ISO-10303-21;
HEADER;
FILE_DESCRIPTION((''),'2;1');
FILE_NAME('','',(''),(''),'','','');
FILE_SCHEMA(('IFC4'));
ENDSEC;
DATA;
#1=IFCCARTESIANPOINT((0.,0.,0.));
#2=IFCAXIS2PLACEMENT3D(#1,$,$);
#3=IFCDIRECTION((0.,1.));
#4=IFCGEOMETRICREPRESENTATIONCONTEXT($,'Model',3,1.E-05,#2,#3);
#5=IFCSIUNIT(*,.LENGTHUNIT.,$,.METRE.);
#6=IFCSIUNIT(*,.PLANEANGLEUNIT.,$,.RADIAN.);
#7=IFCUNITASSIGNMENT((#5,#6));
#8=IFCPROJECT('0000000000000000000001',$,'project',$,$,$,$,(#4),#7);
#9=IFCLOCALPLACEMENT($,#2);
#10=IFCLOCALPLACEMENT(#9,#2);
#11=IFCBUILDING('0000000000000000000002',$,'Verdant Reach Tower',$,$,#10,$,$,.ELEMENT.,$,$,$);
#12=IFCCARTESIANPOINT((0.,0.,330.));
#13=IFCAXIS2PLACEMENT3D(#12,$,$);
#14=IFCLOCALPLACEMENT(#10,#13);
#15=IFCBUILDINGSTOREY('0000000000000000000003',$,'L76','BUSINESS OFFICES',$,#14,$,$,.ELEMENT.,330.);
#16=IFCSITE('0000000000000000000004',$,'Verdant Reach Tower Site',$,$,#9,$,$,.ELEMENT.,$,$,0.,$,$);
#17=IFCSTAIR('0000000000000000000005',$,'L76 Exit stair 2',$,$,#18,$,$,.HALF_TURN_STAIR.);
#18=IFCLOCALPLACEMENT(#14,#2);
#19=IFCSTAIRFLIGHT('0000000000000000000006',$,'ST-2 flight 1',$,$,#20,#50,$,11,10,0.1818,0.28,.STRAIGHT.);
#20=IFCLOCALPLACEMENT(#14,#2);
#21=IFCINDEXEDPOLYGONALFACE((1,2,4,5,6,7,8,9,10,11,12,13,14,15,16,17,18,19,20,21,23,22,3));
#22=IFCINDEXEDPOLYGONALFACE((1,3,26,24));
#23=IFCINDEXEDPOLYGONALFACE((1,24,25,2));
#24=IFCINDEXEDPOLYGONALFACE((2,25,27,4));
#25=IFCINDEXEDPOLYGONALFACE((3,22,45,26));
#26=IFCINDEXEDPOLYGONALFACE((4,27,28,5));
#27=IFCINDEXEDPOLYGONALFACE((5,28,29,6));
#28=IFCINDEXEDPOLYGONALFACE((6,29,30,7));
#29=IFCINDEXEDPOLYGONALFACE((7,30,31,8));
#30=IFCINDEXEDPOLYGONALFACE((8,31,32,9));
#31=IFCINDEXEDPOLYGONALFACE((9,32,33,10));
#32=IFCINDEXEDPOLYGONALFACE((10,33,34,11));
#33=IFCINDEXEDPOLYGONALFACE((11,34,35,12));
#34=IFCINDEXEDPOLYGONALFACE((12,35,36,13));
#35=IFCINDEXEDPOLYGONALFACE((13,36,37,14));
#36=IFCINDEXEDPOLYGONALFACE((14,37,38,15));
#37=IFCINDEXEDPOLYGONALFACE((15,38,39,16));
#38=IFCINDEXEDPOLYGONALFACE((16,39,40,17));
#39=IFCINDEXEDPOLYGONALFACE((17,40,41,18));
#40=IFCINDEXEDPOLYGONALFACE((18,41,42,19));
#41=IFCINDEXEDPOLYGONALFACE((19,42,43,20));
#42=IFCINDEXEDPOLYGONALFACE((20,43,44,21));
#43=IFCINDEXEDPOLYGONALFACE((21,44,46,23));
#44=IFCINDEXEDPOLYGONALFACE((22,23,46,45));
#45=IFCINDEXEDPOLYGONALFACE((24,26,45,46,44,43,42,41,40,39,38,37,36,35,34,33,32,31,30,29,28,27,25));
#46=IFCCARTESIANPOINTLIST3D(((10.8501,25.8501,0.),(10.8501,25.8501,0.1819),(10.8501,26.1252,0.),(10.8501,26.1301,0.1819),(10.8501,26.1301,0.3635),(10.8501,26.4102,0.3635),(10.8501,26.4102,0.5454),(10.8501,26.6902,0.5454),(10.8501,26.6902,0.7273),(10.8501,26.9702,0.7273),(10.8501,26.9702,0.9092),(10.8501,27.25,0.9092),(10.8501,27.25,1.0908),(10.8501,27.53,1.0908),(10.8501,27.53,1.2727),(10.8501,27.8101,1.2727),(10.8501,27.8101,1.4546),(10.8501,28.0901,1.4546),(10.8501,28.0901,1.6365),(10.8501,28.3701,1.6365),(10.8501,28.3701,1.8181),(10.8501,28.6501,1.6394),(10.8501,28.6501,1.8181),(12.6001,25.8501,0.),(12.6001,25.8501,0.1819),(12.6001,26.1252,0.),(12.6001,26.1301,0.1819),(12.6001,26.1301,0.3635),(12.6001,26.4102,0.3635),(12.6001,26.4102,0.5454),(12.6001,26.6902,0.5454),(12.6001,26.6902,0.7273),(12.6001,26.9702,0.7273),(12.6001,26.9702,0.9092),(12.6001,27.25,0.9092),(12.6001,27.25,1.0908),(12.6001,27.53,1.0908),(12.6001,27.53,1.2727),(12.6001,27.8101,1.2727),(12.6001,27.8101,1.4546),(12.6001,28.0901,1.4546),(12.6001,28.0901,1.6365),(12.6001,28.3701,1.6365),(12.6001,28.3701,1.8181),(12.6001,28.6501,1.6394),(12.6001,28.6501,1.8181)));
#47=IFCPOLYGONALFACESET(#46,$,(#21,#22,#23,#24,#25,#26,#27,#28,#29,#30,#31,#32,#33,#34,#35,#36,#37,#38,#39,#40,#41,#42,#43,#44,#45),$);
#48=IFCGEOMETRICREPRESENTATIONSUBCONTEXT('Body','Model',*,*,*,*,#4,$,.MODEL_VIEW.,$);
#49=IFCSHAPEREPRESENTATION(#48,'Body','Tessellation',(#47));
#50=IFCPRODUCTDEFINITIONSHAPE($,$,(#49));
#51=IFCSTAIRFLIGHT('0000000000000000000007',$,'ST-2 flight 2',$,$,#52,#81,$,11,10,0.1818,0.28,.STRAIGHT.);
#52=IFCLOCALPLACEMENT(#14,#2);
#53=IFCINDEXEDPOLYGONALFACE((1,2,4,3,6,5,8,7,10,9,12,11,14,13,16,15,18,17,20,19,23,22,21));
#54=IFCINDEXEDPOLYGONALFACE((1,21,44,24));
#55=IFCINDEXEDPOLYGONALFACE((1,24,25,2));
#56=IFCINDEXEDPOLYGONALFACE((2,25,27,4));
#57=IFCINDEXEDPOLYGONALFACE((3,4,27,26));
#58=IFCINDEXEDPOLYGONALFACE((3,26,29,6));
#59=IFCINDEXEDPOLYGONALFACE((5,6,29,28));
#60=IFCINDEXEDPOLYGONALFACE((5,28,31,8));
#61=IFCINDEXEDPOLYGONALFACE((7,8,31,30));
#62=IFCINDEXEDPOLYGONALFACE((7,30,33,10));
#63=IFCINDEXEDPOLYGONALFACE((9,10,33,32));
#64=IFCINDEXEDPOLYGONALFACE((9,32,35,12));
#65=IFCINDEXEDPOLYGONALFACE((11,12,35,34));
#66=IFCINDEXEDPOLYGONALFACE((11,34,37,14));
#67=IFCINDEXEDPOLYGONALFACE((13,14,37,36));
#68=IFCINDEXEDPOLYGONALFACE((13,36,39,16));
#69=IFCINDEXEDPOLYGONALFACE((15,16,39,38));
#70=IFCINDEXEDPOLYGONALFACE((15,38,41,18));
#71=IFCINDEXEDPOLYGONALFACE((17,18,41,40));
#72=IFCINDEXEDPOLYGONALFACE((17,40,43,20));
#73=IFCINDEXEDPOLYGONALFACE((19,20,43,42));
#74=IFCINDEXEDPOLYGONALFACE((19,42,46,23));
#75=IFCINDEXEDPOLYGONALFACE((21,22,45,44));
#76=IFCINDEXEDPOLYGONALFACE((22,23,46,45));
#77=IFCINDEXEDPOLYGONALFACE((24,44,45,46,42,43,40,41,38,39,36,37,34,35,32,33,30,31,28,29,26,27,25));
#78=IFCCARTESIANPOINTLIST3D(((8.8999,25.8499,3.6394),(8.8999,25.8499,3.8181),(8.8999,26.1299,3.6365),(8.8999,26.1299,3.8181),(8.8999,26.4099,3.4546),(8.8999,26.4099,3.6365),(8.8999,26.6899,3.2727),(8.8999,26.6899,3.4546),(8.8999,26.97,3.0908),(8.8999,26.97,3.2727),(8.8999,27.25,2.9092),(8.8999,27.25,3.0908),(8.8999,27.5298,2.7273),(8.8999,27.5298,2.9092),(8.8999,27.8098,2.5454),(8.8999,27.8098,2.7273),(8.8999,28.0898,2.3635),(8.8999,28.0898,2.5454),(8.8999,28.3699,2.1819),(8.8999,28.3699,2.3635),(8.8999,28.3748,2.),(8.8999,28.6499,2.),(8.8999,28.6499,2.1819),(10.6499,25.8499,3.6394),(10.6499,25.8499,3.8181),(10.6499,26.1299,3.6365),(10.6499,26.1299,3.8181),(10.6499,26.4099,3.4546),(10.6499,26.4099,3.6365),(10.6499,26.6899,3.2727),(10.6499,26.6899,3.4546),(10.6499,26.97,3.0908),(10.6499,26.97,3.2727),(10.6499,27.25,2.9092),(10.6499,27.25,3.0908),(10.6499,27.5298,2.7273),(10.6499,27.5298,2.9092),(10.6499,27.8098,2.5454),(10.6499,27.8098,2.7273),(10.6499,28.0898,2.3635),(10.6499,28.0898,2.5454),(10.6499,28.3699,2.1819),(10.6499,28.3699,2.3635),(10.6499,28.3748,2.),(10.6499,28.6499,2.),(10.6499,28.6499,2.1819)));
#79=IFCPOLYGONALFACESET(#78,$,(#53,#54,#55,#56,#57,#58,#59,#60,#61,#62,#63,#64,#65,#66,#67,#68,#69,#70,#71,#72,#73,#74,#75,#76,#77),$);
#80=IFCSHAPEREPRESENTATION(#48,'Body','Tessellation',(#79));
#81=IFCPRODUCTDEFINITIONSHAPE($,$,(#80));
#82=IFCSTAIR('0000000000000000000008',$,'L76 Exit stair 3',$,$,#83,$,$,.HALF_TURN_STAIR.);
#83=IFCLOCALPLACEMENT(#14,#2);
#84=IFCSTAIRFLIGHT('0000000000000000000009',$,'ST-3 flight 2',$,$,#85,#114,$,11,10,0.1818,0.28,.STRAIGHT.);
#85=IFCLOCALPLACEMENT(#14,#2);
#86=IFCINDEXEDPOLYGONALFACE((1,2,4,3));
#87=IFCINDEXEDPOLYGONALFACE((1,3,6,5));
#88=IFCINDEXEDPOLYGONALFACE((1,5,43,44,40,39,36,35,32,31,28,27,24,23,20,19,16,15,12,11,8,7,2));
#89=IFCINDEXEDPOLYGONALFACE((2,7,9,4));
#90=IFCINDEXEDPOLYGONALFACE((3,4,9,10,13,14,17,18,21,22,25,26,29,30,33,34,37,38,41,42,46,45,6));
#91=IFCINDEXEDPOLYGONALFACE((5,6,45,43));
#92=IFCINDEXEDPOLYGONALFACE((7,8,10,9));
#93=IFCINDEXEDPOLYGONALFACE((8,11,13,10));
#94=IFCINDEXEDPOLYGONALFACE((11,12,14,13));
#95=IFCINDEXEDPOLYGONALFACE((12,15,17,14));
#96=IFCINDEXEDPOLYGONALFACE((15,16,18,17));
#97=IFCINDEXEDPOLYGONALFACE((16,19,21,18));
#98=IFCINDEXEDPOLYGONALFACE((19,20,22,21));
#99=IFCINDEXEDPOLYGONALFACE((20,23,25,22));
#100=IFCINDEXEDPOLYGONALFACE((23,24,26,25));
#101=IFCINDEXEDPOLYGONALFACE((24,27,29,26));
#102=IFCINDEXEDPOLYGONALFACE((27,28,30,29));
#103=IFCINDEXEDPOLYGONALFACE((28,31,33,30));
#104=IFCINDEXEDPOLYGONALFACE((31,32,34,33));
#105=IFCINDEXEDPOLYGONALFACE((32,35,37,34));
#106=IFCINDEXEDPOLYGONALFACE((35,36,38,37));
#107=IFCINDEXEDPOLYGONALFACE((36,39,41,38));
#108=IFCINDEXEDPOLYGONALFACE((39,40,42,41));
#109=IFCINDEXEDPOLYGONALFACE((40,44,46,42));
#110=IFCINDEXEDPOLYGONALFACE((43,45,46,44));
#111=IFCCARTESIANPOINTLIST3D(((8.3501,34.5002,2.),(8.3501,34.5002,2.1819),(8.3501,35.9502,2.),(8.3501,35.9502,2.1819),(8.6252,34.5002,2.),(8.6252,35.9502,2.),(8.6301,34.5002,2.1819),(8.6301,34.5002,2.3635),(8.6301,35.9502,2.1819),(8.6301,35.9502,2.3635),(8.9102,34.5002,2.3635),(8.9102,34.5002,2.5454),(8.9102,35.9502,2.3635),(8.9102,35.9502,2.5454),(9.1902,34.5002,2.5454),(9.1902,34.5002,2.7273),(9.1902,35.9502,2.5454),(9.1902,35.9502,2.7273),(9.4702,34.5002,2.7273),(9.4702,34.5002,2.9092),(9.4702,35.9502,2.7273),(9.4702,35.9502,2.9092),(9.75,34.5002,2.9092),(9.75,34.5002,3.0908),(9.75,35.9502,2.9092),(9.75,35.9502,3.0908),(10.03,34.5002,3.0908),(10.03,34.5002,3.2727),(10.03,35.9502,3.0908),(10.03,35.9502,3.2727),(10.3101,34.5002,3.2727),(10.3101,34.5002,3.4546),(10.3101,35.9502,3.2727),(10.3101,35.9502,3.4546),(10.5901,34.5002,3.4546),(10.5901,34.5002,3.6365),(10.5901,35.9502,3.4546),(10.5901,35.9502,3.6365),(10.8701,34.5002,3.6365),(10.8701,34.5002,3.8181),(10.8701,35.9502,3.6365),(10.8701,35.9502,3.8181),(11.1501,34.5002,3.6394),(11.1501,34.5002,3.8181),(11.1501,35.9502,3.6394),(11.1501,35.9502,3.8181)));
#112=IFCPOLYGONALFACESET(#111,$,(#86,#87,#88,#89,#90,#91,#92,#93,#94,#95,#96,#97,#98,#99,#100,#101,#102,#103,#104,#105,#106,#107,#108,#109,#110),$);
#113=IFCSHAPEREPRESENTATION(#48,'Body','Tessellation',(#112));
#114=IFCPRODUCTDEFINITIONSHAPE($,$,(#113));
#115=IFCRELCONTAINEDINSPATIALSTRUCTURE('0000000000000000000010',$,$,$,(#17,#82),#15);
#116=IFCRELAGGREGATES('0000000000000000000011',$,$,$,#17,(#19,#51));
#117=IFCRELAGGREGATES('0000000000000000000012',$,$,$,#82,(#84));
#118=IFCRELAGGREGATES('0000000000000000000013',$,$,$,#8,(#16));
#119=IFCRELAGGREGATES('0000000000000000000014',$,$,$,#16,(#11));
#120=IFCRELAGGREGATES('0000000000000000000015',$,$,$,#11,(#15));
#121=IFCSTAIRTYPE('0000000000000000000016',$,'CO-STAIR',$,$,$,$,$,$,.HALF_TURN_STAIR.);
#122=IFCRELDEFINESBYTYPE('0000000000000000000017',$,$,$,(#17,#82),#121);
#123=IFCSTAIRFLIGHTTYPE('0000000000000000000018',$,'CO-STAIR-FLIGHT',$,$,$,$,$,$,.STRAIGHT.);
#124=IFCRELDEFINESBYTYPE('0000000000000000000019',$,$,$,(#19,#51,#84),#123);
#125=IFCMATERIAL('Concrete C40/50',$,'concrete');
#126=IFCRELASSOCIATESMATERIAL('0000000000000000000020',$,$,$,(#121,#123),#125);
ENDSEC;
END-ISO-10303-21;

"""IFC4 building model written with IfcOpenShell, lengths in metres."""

from ifc_helpers import new_model, si_unit, direction, frame, origin, place, context, subcontext, project, spatial, polyline, outline, extrude, material, type_object, element, aggregate, save


model = new_model("IFC4")

# Units and contexts
model_context = context("Model", 3, precision=1e-05, world=origin(), true_north=direction((0.0, 1.0)))
body_context = subcontext(model_context, "Body", "Model", "MODEL_VIEW")
ifc_project = project(units=[si_unit("LENGTHUNIT", "METRE"), si_unit("PLANEANGLEUNIT", "RADIAN")], contexts=[model_context])

# Site, building, storey
site_placement = place(None, origin())
site = spatial("IfcSite", under=ifc_project, at=site_placement, Name="Verdant Reach Tower Site", CompositionType="ELEMENT", RefElevation=0.0)
building_placement = place(site_placement, origin())
building = spatial("IfcBuilding", under=site, at=building_placement, Name="Verdant Reach Tower", CompositionType="ELEMENT")
storey_placement = place(building_placement, frame((0.0, 0.0, 330.0)))
storey = spatial("IfcBuildingStorey", under=building, at=storey_placement, Name="L76", Description="BUSINESS OFFICES", CompositionType="ELEMENT", Elevation=330.0)

# Shared definitions
ifc_material_1 = material(Name="Concrete C40/50", Category="concrete")

# Stair, stair flights
stair_type = type_object("IfcStairType", Name="CO-STAIR", PredefinedType="HALF_TURN_STAIR", material=ifc_material_1)
stair_1_placement = place(storey_placement, origin())
stair_1 = element("IfcStair", 1, at=stair_1_placement, inside=storey, type_object=stair_type, Name="L76 Exit stair 2", PredefinedType="HALF_TURN_STAIR")
stair_flight_type = type_object("IfcStairFlightType", Name="CO-STAIR-FLIGHT", PredefinedType="STRAIGHT", material=ifc_material_1)
stair_flight_1_placement = place(storey_placement, frame((11.7251, 25.8501, 0.0), z_axis=(0.0, 0.0, 1.0), x_axis=(0.0, 1.0, 0.0)))
stair_flight_1 = element("IfcStairFlight", 2, at=stair_flight_1_placement, type_object=stair_flight_type, Name="ST-2 flight 1", NumberOfRisers=11, NumberOfTreads=10, PredefinedType="STRAIGHT", RiserHeight=0.1818, TreadLength=0.28, context=body_context, shape_type="SweptSolid", body=[
    extrude(outline(polyline([(0.0, 0.0), (0.0, 0.1819), (0.28, 0.1819), (0.28, 0.3635), (0.5601, 0.3635), (0.5601, 0.5454), (0.8401, 0.5454), (0.8401, 0.7273), (1.1201, 0.7273), (1.1201, 0.9092), (1.3999, 0.9092), (1.3999, 1.0908), (1.6799, 1.0908), (1.6799, 1.2727), (1.96, 1.2727), (1.96, 1.4546), (2.24, 1.4546), (2.24, 1.6365), (2.52, 1.6365), (2.52, 1.8181), (2.8, 1.8181), (2.8, 2.0), (2.8, 1.6394), (0.2751, 0.0), (0.0, 0.0)])), frame((0.0, 0.875, 0.0), z_axis=(0.0, -1.0, 0.0), x_axis=(1.0, 0.0, 0.0)), (0.0, 0.0, 1.0), 1.75),
])
stair_flight_2_placement = place(storey_placement, frame((9.7749, 28.6499, 2.0), z_axis=(0.0, 0.0, 1.0), x_axis=(0.0, -1.0, 0.0)))
stair_flight_2 = element("IfcStairFlight", 3, at=stair_flight_2_placement, type_object=stair_flight_type, Name="ST-2 flight 2", NumberOfRisers=11, NumberOfTreads=10, PredefinedType="STRAIGHT", RiserHeight=0.1818, TreadLength=0.28, context=body_context, shape_type="SweptSolid", body=[
    extrude(outline(polyline([(0.0, 0.0), (0.0, 0.1819), (0.28, 0.1819), (0.28, 0.3635), (0.5601, 0.3635), (0.5601, 0.5454), (0.8401, 0.5454), (0.8401, 0.7273), (1.1201, 0.7273), (1.1201, 0.9092), (1.3999, 0.9092), (1.3999, 1.0908), (1.6799, 1.0908), (1.6799, 1.2727), (1.96, 1.2727), (1.96, 1.4546), (2.24, 1.4546), (2.24, 1.6365), (2.52, 1.6365), (2.52, 1.8181), (2.8, 1.8181), (2.8, 2.0), (2.8, 1.6394), (0.2751, 0.0), (0.0, 0.0)])), frame((0.0, 0.875, 0.0), z_axis=(0.0, -1.0, 0.0), x_axis=(1.0, 0.0, 0.0)), (0.0, 0.0, 1.0), 1.75),
])
aggregate(stair_1, [stair_flight_1, stair_flight_2])

# Stair, stair flight
stair_2_placement = place(storey_placement, origin())
stair_2 = element("IfcStair", 4, at=stair_2_placement, inside=storey, type_object=stair_type, Name="L76 Exit stair 3", PredefinedType="HALF_TURN_STAIR")
stair_flight_3_placement = place(storey_placement, frame((8.3501, 35.2251, 2.0), z_axis=(0.0, 0.0, 1.0), x_axis=(1.0, 0.0, 0.0)))
stair_flight_3 = element("IfcStairFlight", 5, at=stair_flight_3_placement, type_object=stair_flight_type, Name="ST-3 flight 2", NumberOfRisers=11, NumberOfTreads=10, PredefinedType="STRAIGHT", RiserHeight=0.1818, TreadLength=0.28, context=body_context, shape_type="SweptSolid", body=[
    extrude(outline(polyline([(0.0, 0.0), (0.0, 0.1819), (0.28, 0.1819), (0.28, 0.3635), (0.5601, 0.3635), (0.5601, 0.5454), (0.8401, 0.5454), (0.8401, 0.7273), (1.1201, 0.7273), (1.1201, 0.9092), (1.3999, 0.9092), (1.3999, 1.0908), (1.6799, 1.0908), (1.6799, 1.2727), (1.96, 1.2727), (1.96, 1.4546), (2.24, 1.4546), (2.24, 1.6365), (2.52, 1.6365), (2.52, 1.8181), (2.8, 1.8181), (2.8, 2.0), (2.8, 1.6394), (0.2751, 0.0), (0.0, 0.0)])), frame((0.0, 0.7251, 0.0), z_axis=(0.0, -1.0, 0.0), x_axis=(1.0, 0.0, 0.0)), (0.0, 0.0, 1.0), 1.45),
])
aggregate(stair_2, [stair_flight_3])

save(model, "model.ifc")
